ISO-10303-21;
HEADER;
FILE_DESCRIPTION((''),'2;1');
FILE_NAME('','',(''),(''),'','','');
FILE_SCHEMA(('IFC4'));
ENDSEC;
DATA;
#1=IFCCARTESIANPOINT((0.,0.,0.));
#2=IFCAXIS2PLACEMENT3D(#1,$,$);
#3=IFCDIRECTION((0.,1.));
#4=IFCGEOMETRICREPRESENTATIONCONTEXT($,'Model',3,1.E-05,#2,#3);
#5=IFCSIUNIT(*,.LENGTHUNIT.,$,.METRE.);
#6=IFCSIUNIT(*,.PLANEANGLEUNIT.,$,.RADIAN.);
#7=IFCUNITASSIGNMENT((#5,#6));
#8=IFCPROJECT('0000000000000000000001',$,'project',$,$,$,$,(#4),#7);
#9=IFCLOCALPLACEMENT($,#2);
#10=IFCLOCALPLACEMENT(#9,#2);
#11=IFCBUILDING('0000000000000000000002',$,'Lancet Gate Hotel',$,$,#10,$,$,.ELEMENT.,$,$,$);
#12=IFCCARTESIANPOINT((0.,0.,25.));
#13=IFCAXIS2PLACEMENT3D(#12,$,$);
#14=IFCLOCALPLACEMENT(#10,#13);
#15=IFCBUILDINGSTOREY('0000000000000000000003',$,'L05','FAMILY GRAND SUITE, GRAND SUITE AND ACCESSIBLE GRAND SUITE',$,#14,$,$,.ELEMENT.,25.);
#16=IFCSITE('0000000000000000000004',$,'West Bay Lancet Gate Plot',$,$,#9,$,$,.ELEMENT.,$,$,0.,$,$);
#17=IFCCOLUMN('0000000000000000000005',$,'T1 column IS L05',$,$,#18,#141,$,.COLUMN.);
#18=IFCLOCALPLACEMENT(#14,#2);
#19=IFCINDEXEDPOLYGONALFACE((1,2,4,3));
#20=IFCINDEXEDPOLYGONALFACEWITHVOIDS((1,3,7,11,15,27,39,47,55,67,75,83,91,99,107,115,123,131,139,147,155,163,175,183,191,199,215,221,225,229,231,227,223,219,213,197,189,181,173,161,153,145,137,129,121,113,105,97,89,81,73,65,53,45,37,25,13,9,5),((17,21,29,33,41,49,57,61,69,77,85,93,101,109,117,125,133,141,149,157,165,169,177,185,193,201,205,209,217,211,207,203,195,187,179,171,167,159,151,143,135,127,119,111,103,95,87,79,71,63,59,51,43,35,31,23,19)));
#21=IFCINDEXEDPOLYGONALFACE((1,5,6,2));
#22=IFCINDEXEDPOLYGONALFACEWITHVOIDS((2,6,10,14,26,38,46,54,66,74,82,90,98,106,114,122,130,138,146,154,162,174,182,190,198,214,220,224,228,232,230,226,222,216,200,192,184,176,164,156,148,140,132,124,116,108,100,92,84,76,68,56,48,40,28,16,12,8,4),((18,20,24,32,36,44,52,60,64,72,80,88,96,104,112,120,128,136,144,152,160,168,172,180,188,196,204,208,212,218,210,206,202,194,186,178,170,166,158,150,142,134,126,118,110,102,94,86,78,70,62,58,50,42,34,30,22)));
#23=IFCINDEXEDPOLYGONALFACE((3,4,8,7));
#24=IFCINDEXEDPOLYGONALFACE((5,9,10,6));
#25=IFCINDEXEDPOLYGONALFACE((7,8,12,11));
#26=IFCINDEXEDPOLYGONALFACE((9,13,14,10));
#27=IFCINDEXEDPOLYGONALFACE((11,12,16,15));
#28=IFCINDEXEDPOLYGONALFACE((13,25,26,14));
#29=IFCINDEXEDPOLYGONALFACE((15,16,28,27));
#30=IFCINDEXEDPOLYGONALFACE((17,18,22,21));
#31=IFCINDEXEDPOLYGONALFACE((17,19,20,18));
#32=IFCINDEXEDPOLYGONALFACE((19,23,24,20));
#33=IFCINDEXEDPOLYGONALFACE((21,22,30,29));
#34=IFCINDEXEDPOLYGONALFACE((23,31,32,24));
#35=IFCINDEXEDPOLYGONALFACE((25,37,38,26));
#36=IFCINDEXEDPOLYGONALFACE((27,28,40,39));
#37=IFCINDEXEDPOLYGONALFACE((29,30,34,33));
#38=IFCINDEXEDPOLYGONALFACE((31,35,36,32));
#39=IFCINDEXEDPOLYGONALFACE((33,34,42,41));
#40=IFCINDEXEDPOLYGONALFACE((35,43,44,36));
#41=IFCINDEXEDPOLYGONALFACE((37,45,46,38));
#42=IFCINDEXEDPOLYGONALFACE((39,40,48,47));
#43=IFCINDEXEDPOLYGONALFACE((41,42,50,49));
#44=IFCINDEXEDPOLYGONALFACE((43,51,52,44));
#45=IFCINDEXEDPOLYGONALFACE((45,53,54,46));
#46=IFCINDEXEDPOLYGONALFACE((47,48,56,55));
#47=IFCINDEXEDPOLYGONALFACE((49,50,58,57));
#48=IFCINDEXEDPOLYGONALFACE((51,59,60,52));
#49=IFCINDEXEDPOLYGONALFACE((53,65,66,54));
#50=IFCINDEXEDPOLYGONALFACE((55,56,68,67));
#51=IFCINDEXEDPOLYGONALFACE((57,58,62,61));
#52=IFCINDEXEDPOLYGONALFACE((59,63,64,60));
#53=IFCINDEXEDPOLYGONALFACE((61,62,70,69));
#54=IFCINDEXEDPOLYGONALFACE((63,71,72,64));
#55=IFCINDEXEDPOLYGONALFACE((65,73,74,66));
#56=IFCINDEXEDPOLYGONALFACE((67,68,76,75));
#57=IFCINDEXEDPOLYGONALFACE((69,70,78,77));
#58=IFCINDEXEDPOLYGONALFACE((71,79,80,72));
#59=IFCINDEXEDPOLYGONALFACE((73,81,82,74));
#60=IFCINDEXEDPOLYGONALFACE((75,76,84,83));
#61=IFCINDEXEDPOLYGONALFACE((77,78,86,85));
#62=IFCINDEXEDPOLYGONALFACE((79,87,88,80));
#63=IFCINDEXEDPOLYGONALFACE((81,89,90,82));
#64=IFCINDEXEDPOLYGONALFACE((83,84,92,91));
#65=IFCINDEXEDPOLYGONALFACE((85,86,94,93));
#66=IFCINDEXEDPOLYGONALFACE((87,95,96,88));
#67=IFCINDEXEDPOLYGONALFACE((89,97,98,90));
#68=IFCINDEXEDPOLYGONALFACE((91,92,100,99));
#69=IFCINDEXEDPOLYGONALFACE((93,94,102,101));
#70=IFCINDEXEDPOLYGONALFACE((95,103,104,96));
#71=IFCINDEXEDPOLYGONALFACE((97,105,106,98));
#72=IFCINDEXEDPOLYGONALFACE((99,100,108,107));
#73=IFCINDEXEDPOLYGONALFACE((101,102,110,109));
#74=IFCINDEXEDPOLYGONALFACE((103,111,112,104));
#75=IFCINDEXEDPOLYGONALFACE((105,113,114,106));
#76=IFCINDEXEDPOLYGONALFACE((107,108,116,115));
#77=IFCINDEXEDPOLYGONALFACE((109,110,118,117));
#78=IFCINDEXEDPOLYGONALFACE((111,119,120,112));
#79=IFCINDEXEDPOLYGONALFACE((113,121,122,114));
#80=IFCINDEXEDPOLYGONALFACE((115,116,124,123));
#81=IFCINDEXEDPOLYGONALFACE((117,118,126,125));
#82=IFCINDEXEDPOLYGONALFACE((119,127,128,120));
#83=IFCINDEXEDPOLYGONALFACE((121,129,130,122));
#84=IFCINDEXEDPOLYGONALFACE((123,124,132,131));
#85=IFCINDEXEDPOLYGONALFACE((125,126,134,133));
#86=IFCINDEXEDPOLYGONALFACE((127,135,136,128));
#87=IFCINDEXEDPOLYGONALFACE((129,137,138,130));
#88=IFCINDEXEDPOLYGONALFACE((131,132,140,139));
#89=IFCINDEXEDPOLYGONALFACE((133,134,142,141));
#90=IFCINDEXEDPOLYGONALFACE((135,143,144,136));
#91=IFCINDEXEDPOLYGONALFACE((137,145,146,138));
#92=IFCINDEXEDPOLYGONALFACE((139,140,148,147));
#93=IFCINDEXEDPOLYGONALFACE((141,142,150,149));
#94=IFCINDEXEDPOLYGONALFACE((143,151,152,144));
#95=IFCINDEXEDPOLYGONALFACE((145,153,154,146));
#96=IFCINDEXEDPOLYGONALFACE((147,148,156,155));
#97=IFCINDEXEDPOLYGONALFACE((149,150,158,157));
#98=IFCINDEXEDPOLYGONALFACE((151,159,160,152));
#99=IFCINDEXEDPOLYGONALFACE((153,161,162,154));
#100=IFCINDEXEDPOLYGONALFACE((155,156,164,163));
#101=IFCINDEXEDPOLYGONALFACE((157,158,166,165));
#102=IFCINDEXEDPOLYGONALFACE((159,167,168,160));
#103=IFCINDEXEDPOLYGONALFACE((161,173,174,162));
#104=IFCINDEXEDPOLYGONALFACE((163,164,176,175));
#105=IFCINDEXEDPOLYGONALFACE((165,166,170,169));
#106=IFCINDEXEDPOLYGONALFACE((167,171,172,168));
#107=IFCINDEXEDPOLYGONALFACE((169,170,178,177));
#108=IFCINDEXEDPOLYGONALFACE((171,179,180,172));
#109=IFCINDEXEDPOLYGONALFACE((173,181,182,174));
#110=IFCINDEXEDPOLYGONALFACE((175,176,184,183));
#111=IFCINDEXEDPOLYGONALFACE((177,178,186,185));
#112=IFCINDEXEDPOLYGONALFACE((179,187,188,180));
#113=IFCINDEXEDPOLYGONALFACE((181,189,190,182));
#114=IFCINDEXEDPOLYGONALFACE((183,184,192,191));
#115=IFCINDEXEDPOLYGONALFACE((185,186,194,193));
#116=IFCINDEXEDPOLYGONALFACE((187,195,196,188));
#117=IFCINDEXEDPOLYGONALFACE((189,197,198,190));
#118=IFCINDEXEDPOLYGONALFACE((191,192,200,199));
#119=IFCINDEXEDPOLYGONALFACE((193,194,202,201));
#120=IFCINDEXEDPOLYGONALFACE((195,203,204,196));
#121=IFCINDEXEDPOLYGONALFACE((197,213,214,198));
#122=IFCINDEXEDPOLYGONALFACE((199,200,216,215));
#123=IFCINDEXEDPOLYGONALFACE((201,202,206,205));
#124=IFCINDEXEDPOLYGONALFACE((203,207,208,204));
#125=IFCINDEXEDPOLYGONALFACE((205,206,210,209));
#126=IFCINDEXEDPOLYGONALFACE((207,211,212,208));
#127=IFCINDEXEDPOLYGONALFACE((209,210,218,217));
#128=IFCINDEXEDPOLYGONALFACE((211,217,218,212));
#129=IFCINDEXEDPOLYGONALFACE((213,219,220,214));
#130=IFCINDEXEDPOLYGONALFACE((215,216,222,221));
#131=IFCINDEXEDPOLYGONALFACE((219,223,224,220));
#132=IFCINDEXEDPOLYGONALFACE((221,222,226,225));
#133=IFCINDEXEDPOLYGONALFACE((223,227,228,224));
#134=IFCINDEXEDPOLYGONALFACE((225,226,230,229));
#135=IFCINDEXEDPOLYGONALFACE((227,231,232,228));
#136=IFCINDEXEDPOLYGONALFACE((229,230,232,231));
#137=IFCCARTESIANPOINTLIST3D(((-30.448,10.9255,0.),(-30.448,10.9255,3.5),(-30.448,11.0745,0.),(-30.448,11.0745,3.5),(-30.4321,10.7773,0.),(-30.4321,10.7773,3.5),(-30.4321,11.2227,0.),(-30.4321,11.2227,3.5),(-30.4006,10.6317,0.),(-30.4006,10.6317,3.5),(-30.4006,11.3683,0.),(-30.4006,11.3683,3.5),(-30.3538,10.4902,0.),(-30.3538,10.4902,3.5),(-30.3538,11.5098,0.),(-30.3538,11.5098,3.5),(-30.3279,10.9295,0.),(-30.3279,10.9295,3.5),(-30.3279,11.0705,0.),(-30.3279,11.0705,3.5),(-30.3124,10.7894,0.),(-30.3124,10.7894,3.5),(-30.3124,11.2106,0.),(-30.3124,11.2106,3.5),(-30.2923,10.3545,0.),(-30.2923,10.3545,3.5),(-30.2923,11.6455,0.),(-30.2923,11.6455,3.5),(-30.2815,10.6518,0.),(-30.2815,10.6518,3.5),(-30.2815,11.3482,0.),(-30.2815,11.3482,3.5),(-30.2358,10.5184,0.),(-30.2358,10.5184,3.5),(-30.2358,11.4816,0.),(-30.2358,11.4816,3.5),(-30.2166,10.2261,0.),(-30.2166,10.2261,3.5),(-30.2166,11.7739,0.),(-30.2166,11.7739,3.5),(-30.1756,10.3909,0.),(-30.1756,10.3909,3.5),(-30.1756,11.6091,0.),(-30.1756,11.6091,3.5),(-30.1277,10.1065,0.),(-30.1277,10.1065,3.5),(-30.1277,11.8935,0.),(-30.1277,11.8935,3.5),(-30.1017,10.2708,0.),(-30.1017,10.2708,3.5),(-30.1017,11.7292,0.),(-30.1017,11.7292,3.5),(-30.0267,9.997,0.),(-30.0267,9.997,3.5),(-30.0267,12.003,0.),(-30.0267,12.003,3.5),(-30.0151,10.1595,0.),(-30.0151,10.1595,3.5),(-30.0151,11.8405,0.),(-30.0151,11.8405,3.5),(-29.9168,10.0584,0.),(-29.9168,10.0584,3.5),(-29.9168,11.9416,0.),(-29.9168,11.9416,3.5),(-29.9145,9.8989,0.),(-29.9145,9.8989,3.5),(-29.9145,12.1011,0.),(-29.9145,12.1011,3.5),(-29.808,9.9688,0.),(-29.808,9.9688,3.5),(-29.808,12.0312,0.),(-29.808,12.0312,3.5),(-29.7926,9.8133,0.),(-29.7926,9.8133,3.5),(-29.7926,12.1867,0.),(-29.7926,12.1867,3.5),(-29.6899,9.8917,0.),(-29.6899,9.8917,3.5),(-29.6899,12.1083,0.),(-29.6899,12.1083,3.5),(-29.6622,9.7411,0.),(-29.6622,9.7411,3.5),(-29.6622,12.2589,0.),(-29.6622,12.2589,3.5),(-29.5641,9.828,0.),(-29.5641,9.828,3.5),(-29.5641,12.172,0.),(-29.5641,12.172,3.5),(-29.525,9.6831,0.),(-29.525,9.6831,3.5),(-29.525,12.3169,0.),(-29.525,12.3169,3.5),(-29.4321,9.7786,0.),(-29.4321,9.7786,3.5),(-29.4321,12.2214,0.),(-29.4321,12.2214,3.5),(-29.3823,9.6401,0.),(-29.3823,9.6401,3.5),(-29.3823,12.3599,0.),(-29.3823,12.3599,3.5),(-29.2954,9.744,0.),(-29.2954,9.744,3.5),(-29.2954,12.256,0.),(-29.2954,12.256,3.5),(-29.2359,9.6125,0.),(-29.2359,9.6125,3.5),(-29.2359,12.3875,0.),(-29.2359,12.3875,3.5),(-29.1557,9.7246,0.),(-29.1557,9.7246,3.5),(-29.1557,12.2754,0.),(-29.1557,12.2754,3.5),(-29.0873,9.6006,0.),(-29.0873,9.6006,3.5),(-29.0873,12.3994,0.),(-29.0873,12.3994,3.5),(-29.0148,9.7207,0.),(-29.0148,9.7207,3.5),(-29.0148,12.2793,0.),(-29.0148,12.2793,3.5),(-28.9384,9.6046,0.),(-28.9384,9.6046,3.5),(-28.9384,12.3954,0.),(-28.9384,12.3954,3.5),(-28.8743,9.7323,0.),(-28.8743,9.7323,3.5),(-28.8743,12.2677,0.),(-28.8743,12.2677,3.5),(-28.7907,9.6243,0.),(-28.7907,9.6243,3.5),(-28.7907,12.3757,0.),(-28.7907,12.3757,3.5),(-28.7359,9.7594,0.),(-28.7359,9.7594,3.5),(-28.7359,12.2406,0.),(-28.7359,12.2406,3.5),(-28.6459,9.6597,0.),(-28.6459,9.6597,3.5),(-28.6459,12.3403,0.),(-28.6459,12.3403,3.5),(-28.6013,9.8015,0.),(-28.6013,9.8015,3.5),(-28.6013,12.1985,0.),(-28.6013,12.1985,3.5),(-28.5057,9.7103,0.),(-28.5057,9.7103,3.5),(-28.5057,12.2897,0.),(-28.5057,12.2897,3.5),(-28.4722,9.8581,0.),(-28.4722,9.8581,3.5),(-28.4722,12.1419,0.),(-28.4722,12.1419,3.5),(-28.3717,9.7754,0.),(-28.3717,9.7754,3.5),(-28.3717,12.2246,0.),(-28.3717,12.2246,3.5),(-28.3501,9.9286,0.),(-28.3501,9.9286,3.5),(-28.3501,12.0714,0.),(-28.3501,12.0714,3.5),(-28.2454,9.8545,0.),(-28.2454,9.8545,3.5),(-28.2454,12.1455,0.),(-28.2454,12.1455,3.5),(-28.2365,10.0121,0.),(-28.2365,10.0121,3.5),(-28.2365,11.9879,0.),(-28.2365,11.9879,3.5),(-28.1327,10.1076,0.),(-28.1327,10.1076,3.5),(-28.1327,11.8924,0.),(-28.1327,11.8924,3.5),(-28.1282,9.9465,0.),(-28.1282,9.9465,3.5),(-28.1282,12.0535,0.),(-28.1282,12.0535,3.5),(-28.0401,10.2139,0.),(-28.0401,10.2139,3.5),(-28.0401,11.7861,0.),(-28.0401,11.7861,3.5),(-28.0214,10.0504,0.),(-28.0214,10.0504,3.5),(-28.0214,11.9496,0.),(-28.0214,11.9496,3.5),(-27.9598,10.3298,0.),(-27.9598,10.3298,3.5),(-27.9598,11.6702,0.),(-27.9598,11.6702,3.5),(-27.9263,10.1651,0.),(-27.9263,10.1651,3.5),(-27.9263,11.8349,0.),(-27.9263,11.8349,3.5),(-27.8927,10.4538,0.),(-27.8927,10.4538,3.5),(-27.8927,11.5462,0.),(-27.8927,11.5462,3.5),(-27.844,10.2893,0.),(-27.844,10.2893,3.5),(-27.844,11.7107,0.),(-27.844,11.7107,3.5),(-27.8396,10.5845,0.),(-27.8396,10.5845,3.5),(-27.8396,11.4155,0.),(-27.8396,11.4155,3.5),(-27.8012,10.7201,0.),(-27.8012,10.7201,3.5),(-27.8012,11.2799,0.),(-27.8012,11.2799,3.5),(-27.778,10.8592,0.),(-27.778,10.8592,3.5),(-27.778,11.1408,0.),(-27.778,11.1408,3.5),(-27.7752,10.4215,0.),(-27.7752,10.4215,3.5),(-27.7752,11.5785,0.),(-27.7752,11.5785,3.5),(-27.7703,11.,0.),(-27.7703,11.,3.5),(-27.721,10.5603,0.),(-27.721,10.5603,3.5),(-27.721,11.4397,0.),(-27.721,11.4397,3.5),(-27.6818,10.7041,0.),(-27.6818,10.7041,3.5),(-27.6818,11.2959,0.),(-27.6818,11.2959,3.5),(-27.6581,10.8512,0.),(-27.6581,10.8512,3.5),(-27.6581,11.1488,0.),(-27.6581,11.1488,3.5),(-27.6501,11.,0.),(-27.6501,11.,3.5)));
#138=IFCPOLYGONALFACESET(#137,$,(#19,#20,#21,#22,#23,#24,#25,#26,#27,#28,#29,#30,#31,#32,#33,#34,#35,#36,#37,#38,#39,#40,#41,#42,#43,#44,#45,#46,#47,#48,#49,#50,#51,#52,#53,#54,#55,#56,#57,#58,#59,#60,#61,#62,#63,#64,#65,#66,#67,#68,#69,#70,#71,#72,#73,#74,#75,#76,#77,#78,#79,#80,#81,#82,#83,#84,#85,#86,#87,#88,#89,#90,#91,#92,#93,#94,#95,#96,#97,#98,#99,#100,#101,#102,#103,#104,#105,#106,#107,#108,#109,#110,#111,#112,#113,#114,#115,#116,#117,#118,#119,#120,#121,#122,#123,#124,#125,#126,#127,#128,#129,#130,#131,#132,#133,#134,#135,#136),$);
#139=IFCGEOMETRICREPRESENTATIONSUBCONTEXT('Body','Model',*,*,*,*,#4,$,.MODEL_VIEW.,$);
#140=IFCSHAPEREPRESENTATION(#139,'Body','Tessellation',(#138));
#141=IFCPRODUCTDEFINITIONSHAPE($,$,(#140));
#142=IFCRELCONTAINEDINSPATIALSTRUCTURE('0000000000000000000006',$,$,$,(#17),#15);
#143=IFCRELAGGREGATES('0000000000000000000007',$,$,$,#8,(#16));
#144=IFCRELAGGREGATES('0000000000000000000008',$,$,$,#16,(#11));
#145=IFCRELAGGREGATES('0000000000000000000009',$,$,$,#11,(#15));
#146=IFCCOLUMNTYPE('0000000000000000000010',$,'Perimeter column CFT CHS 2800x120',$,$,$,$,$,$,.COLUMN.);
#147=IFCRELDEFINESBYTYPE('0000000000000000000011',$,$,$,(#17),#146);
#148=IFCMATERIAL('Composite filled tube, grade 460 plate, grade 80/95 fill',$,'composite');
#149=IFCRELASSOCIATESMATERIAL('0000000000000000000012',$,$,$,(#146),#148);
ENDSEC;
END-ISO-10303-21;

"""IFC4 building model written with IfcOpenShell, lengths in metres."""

from ifc_helpers import new_model, si_unit, direction, frame, origin, origin_2d, place, context, subcontext, project, spatial, hollow_circle, extrude, material, material_profile, profile_set, type_object, element, save


model = new_model("IFC4")

# Units and contexts
model_context = context("Model", 3, precision=1e-05, world=origin(), true_north=direction((0.0, 1.0)))
body_context = subcontext(model_context, "Body", "Model", "MODEL_VIEW")
ifc_project = project(units=[si_unit("LENGTHUNIT", "METRE"), si_unit("PLANEANGLEUNIT", "RADIAN")], contexts=[model_context])

# Site, building, storey
site_placement = place(None, origin())
site = spatial("IfcSite", under=ifc_project, at=site_placement, Name="West Bay Lancet Gate Plot", CompositionType="ELEMENT", RefElevation=0.0)
building_placement = place(site_placement, origin())
building = spatial("IfcBuilding", under=site, at=building_placement, Name="Lancet Gate Hotel", CompositionType="ELEMENT")
storey_placement = place(building_placement, frame((0.0, 0.0, 25.0)))
storey = spatial("IfcBuildingStorey", under=building, at=storey_placement, Name="L05", Description="FAMILY GRAND SUITE, GRAND SUITE AND ACCESSIBLE GRAND SUITE", CompositionType="ELEMENT", Elevation=25.0)

# Column
ifc_material_1 = material(Name="Composite filled tube, grade 460 plate, grade 80/95 fill", Category="composite")
ifc_material_profile_1 = material_profile(ifc_material_1, hollow_circle(Radius=1.3999, WallThickness=0.1201, at=origin_2d()), Name="CHS 2800x120")
ifc_profile_set_1 = profile_set([ifc_material_profile_1], Name="Composite filled tube, grade 460 plate, grade 80/95 fill")
column_type = type_object("IfcColumnType", Name="Perimeter column CFT CHS 2800x120", PredefinedType="COLUMN", material=ifc_profile_set_1)
for number, where, z_axis, x_axis, name in (
    (1, (-29.05, 11.0, 0.0), (0.0, 0.0, 1.0), (1.0, 0.0, 0.0), "T1 column IS L05"),
):
    element("IfcColumn", number, at=place(storey_placement, frame(where, z_axis=z_axis, x_axis=x_axis)), inside=storey, type_object=column_type, Name=name, PredefinedType="COLUMN", context=body_context, shape_type="SweptSolid", body=[
        extrude(hollow_circle(Radius=1.3999, WallThickness=0.1201, at=origin_2d()), origin(), (0.0, 0.0, 1.0), 3.5),
    ])

save(model, "model.ifc")
